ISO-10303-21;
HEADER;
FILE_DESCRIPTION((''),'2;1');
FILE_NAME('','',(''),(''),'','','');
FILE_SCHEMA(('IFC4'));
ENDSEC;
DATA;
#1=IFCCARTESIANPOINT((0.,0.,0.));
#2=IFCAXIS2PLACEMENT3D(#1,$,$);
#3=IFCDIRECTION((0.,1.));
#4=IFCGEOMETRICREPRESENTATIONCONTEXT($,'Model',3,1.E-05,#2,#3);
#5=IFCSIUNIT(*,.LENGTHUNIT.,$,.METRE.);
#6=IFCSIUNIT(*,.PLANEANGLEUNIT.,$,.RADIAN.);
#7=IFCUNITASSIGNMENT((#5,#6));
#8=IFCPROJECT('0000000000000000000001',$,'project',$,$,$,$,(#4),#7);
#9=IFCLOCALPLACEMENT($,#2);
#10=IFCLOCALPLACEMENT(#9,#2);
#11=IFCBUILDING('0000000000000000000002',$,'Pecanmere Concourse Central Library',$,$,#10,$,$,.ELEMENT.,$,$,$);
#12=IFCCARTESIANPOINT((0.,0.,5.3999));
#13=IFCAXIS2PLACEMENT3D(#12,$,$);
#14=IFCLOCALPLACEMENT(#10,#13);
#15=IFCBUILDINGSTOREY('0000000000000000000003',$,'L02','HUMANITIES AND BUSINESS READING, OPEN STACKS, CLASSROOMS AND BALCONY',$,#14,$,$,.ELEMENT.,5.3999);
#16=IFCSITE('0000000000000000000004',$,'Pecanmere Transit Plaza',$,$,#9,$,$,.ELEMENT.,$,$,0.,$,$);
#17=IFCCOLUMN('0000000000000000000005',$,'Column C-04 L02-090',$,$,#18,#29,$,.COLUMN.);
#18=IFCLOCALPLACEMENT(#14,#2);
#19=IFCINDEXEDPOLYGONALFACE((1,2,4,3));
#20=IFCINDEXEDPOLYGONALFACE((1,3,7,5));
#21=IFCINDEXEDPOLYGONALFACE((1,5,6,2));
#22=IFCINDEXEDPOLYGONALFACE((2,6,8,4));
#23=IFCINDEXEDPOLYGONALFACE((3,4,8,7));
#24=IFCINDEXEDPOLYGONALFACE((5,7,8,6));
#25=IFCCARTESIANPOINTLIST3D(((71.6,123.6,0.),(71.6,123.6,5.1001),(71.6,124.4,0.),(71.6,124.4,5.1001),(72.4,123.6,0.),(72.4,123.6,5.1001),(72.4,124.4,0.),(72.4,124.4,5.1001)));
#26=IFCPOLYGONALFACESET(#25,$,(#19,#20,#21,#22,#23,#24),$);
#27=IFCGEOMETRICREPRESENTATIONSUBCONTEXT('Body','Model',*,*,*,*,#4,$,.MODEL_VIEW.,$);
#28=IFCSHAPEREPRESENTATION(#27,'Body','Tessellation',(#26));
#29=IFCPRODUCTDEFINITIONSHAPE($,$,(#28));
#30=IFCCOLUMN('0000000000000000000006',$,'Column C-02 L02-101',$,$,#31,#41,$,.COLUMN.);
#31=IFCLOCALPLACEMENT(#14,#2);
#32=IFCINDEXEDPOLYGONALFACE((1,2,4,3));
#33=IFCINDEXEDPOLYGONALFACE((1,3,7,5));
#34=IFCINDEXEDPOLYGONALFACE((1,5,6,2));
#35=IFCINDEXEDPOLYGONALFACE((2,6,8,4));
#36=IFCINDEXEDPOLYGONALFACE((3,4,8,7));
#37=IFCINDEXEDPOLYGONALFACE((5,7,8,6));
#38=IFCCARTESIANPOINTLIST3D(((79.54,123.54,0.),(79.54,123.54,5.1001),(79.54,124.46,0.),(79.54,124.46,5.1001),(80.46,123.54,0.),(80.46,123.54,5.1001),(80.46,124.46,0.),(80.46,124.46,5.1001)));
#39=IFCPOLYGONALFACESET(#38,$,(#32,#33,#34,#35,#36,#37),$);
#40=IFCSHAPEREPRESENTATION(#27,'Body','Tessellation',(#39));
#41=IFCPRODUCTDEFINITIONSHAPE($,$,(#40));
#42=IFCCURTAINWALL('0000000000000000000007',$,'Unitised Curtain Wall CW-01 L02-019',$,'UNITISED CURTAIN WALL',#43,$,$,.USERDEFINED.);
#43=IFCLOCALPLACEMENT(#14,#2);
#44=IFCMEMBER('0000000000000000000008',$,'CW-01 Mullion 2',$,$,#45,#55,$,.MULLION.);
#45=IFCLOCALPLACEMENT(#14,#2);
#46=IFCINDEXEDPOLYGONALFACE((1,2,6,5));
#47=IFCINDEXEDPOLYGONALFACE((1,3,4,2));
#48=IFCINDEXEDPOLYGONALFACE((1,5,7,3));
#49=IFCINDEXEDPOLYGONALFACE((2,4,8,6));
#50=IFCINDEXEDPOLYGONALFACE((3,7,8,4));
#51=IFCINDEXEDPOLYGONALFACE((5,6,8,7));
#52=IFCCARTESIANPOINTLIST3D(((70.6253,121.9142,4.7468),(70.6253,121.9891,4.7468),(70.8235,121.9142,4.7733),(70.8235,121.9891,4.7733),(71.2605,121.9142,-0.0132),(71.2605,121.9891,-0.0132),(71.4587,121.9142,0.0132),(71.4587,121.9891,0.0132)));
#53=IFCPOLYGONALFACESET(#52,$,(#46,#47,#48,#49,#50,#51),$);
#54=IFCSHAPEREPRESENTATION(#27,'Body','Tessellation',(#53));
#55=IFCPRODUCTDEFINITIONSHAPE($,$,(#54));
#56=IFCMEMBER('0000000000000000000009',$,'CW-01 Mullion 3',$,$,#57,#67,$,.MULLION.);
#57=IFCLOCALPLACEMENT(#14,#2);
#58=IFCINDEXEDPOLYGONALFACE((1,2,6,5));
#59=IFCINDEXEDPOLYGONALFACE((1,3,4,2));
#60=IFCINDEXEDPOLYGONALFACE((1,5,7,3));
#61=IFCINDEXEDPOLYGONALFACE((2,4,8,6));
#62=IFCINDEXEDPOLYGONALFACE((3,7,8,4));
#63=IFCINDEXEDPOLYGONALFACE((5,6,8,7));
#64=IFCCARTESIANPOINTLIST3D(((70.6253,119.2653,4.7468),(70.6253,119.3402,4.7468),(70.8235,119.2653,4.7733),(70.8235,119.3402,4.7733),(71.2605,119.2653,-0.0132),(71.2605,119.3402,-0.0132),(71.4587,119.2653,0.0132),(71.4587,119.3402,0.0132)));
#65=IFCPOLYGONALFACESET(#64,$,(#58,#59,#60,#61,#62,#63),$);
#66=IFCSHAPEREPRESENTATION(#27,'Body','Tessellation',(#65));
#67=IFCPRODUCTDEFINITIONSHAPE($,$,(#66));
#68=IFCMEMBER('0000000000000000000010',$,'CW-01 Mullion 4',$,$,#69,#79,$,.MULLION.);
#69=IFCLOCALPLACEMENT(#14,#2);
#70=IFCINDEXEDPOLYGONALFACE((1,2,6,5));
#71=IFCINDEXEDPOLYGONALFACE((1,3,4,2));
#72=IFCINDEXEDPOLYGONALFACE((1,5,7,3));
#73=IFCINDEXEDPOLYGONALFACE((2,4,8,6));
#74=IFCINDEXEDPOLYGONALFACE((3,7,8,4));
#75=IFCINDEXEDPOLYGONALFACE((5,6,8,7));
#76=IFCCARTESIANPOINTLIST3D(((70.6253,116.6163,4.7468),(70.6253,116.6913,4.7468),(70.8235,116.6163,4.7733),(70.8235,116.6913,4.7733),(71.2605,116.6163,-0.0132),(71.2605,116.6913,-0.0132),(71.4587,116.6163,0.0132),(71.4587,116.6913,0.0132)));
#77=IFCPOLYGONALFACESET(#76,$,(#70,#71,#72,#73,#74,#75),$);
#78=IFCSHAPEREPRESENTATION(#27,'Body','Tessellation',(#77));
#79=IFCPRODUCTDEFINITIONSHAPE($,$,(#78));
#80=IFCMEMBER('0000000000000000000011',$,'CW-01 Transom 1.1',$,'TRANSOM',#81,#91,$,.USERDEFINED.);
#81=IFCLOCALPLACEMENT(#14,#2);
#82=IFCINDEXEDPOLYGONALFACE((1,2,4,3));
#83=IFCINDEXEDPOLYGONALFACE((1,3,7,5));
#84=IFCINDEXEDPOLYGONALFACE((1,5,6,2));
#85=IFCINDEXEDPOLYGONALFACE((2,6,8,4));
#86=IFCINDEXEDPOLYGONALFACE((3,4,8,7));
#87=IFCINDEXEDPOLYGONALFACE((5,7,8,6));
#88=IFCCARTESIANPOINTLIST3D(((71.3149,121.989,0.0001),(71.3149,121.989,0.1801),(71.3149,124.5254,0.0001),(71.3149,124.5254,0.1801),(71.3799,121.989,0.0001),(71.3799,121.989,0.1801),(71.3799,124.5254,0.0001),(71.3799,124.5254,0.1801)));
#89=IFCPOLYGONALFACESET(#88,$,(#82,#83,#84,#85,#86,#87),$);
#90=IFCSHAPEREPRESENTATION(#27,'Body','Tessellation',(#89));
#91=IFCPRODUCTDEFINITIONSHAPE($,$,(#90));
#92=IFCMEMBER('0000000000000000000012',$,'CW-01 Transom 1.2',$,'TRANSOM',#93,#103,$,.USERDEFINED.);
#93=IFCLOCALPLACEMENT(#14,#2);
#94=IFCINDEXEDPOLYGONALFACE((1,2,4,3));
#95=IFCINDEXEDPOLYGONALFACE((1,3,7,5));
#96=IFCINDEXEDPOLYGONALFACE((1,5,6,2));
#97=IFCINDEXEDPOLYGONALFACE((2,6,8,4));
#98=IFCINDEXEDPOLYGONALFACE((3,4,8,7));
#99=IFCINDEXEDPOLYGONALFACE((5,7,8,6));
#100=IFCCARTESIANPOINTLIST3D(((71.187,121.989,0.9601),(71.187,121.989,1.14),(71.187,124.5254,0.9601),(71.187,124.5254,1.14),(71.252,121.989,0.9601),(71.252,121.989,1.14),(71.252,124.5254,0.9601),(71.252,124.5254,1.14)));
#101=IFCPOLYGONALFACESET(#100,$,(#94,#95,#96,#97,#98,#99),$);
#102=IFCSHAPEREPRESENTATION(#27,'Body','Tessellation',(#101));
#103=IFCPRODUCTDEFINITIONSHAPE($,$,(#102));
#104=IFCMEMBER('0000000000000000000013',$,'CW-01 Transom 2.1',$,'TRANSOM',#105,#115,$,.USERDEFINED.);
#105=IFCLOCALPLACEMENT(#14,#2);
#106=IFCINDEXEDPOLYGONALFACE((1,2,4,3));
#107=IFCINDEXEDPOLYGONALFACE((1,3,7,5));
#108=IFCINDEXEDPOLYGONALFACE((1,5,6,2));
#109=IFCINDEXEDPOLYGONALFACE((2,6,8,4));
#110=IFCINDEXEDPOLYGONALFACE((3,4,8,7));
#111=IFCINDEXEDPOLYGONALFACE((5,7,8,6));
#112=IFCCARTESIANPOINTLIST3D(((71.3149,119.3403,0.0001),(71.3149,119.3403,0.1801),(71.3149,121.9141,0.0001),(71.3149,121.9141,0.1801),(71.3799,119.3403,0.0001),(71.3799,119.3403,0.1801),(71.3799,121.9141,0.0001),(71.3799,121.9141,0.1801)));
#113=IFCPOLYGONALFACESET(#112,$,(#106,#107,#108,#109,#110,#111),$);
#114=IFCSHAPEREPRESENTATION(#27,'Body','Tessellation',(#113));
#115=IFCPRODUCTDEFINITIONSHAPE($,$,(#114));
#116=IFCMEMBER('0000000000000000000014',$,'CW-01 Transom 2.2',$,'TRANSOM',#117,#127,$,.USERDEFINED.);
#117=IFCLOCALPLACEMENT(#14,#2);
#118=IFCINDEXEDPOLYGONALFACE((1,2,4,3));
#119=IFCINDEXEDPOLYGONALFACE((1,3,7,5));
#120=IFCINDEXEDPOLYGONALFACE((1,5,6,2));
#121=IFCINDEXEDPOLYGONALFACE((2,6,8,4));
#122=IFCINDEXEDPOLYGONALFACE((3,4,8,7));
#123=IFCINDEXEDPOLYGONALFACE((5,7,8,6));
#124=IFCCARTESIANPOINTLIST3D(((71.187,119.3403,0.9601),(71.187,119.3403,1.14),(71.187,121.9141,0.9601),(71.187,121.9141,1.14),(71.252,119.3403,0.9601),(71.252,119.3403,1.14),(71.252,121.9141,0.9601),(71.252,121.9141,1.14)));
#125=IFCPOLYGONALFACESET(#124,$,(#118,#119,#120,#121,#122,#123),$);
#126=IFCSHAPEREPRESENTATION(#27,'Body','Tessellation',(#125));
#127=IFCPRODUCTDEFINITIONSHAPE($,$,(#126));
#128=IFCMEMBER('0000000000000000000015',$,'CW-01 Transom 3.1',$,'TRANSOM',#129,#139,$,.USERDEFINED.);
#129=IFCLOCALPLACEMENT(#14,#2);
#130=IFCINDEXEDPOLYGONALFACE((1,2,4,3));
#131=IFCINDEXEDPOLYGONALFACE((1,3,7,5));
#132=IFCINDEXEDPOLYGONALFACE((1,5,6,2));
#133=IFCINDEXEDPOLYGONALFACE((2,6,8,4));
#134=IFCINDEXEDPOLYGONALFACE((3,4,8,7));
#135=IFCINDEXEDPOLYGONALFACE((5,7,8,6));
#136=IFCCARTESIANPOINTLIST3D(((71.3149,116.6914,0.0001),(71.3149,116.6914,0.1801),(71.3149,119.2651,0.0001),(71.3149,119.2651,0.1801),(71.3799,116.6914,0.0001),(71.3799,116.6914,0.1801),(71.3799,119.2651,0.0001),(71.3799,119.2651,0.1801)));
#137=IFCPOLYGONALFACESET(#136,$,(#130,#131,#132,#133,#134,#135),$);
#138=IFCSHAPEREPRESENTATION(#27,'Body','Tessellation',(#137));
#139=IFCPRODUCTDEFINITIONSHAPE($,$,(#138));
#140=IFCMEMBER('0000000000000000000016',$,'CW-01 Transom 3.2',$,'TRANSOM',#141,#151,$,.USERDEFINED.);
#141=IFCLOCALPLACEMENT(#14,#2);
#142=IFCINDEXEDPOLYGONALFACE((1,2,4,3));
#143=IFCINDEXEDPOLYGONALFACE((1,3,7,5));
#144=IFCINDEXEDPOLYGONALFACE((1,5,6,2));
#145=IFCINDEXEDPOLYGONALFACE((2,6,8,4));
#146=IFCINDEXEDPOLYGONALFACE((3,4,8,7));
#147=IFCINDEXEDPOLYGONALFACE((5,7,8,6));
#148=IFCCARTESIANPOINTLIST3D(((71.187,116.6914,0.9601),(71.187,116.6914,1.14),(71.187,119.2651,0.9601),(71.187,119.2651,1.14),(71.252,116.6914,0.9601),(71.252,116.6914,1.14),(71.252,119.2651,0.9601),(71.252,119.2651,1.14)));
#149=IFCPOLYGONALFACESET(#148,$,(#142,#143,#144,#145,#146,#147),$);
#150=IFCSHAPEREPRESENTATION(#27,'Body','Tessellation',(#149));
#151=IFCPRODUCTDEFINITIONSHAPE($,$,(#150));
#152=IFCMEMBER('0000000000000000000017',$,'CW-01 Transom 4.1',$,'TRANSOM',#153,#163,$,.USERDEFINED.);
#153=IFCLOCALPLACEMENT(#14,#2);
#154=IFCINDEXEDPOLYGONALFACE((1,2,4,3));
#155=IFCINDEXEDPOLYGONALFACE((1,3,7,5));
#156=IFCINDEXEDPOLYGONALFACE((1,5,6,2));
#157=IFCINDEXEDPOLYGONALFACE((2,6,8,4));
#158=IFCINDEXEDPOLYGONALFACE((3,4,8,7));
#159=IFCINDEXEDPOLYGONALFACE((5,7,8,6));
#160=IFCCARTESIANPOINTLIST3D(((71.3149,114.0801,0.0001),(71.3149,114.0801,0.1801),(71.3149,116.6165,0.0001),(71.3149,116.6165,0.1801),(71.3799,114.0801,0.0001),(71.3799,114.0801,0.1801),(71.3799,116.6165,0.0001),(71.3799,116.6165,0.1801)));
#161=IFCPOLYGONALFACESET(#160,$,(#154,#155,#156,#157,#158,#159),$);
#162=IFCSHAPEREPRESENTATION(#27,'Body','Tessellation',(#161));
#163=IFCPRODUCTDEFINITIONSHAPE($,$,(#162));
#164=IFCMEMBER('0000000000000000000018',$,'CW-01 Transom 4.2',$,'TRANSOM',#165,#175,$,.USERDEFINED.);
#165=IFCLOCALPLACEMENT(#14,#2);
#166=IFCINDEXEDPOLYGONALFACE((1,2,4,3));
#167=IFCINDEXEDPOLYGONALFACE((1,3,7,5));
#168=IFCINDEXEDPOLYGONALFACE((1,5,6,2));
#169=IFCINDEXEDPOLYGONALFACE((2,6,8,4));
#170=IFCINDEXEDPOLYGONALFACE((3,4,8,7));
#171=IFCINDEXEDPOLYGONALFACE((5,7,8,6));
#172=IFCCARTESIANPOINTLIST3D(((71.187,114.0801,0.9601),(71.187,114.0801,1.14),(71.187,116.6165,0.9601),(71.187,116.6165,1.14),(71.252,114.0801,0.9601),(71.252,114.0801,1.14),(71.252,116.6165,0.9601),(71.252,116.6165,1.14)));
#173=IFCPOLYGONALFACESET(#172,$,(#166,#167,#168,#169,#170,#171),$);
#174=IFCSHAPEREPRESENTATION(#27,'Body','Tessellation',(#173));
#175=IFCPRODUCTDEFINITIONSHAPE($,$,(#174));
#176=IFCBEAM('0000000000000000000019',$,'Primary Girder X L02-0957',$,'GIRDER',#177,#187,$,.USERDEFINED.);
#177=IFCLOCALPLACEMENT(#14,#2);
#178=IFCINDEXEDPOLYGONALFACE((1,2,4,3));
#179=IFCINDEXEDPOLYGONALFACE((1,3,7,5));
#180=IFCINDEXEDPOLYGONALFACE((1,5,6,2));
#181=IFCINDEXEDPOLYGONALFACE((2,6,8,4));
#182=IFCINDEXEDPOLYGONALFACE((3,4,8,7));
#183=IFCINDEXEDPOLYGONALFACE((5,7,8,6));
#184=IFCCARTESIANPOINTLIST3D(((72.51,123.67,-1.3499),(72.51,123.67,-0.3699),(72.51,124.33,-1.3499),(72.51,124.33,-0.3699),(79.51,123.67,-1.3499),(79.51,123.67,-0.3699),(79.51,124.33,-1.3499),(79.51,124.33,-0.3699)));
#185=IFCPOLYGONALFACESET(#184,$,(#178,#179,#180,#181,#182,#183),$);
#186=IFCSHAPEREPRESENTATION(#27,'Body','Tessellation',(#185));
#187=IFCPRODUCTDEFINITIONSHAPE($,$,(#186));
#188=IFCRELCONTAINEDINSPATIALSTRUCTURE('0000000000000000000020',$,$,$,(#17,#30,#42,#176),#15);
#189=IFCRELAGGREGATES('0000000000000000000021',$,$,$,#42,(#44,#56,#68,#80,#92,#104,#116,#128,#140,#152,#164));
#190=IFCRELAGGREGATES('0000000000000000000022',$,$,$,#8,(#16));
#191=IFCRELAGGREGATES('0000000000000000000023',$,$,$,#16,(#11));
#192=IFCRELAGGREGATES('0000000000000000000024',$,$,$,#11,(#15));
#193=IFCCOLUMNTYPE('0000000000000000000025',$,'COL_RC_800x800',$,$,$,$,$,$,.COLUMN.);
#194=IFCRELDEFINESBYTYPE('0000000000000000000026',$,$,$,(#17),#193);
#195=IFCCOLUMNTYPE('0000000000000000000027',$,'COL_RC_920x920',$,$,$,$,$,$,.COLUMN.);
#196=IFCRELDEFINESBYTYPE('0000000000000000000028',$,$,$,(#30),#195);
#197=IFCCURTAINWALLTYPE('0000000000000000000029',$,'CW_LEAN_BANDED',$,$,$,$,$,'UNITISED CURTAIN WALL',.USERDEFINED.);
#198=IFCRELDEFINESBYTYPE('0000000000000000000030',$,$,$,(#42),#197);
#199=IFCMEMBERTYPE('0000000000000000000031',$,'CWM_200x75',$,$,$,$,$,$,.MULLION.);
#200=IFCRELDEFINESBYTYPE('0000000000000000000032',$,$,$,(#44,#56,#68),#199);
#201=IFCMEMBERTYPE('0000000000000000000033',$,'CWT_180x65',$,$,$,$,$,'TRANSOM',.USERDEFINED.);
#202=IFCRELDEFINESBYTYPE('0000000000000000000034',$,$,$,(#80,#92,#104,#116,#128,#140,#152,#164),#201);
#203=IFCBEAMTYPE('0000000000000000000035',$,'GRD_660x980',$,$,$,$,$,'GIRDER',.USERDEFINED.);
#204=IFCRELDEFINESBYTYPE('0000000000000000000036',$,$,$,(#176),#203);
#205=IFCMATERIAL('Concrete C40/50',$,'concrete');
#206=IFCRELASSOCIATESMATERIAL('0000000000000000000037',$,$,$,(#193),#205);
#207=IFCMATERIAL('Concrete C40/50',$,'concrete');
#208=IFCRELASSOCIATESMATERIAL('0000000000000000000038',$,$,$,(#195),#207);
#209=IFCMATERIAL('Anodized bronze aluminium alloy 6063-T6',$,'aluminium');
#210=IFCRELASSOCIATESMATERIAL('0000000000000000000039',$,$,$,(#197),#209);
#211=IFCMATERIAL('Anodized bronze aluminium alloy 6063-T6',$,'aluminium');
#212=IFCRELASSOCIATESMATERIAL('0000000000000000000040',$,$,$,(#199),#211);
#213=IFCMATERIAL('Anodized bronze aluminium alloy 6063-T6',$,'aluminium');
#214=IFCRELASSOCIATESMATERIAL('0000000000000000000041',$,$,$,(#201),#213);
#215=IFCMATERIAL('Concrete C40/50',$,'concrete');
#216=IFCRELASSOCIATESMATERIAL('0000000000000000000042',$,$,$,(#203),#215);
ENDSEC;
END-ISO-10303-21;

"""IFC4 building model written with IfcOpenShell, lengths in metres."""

from ifc_helpers import new_model, si_unit, direction, frame, origin, origin_2d, place, context, subcontext, project, spatial, rectangle, extrude, material, material_profile, profile_set, type_object, element, aggregate, save


model = new_model("IFC4")

# Units and contexts
model_context = context("Model", 3, precision=1e-05, world=origin(), true_north=direction((0.0, 1.0)))
body_context = subcontext(model_context, "Body", "Model", "MODEL_VIEW")
ifc_project = project(units=[si_unit("LENGTHUNIT", "METRE"), si_unit("PLANEANGLEUNIT", "RADIAN")], contexts=[model_context])

# Site, building, storey
site_placement = place(None, origin())
site = spatial("IfcSite", under=ifc_project, at=site_placement, Name="Pecanmere Transit Plaza", CompositionType="ELEMENT", RefElevation=0.0)
building_placement = place(site_placement, origin())
building = spatial("IfcBuilding", under=site, at=building_placement, Name="Pecanmere Concourse Central Library", CompositionType="ELEMENT")
storey_placement = place(building_placement, frame((0.0, 0.0, 5.3999)))
storey = spatial("IfcBuildingStorey", under=building, at=storey_placement, Name="L02", Description="HUMANITIES AND BUSINESS READING, OPEN STACKS, CLASSROOMS AND BALCONY", CompositionType="ELEMENT", Elevation=5.3999)

# Columns
ifc_material_1 = material(Name="Concrete C40/50", Category="concrete")
ifc_material_profile_1 = material_profile(ifc_material_1, rectangle(XDim=0.8, YDim=0.8, at=origin_2d()), Name="RC 800x800")
ifc_profile_set_1 = profile_set([ifc_material_profile_1], Name="Concrete C40/50")
column_type_1 = type_object("IfcColumnType", Name="COL_RC_800x800", PredefinedType="COLUMN", material=ifc_profile_set_1)
column_1_placement = place(storey_placement, frame((72.0, 124.0, 0.0), z_axis=(0.0, 0.0, 1.0), x_axis=(1.0, 0.0, 0.0)))
element("IfcColumn", 1, at=column_1_placement, inside=storey, type_object=column_type_1, Name="Column C-04 L02-090", PredefinedType="COLUMN", context=body_context, shape_type="SweptSolid", body=[
    extrude(rectangle(XDim=0.8, YDim=0.8, at=origin_2d()), origin(), (0.0, 0.0, 1.0), 5.1001),
])
ifc_material_2 = material(Name="Concrete C40/50", Category="concrete")
ifc_material_profile_2 = material_profile(ifc_material_2, rectangle(XDim=0.9199, YDim=0.9199, at=origin_2d()), Name="RC 920x920")
ifc_profile_set_2 = profile_set([ifc_material_profile_2], Name="Concrete C40/50")
column_type_2 = type_object("IfcColumnType", Name="COL_RC_920x920", PredefinedType="COLUMN", material=ifc_profile_set_2)
column_2_placement = place(storey_placement, frame((80.0, 124.0, 0.0), z_axis=(0.0, 0.0, 1.0), x_axis=(1.0, 0.0, 0.0)))
element("IfcColumn", 2, at=column_2_placement, inside=storey, type_object=column_type_2, Name="Column C-02 L02-101", PredefinedType="COLUMN", context=body_context, shape_type="SweptSolid", body=[
    extrude(rectangle(XDim=0.9199, YDim=0.9199, at=origin_2d()), origin(), (0.0, 0.0, 1.0), 5.1001),
])

# Curtain wall, members
ifc_material_3 = material(Name="Anodized bronze aluminium alloy 6063-T6", Category="aluminium")
curtain_wall_type = type_object("IfcCurtainWallType", Name="CW_LEAN_BANDED", ElementType="UNITISED CURTAIN WALL", PredefinedType="USERDEFINED", material=ifc_material_3)
curtain_wall_placement = place(storey_placement, origin())
curtain_wall = element("IfcCurtainWall", 3, at=curtain_wall_placement, inside=storey, type_object=curtain_wall_type, Name="Unitised Curtain Wall CW-01 L02-019", ObjectType="UNITISED CURTAIN WALL", PredefinedType="USERDEFINED")
ifc_material_4 = material(Name="Anodized bronze aluminium alloy 6063-T6", Category="aluminium")
ifc_material_profile_3 = material_profile(ifc_material_4, rectangle(XDim=0.075, YDim=0.2, at=origin_2d()), Name="AL 75x200")
ifc_profile_set_3 = profile_set([ifc_material_profile_3], Name="Anodized bronze aluminium alloy 6063-T6")
member_type_1 = type_object("IfcMemberType", Name="CWM_200x75", PredefinedType="MULLION", material=ifc_profile_set_3)
member_1_placement = place(storey_placement, frame((71.3596, 121.9517, 0.0), z_axis=(-0.132284, 0.0, 0.991212), x_axis=(0.0, -1.0, 0.0)))
member_1 = element("IfcMember", 4, at=member_1_placement, type_object=member_type_1, Name="CW-01 Mullion 2", PredefinedType="MULLION", context=body_context, shape_type="SweptSolid", body=[
    extrude(rectangle(XDim=0.075, YDim=0.2, at=origin_2d()), origin(), (0.0, 0.0, 1.0), 4.8022),
])
member_2_placement = place(storey_placement, frame((71.3596, 119.3027, 0.0), z_axis=(-0.132284, 0.0, 0.991212), x_axis=(0.0, -1.0, 0.0)))
member_2 = element("IfcMember", 5, at=member_2_placement, type_object=member_type_1, Name="CW-01 Mullion 3", PredefinedType="MULLION", context=body_context, shape_type="SweptSolid", body=[
    extrude(rectangle(XDim=0.075, YDim=0.2, at=origin_2d()), origin(), (0.0, 0.0, 1.0), 4.8022),
])
member_3_placement = place(storey_placement, frame((71.3596, 116.6538, 0.0), z_axis=(-0.132284, 0.0, 0.991212), x_axis=(0.0, -1.0, 0.0)))
member_3 = element("IfcMember", 6, at=member_3_placement, type_object=member_type_1, Name="CW-01 Mullion 4", PredefinedType="MULLION", context=body_context, shape_type="SweptSolid", body=[
    extrude(rectangle(XDim=0.075, YDim=0.2, at=origin_2d()), origin(), (0.0, 0.0, 1.0), 4.8022),
])
ifc_material_5 = material(Name="Anodized bronze aluminium alloy 6063-T6", Category="aluminium")
ifc_material_profile_4 = material_profile(ifc_material_5, rectangle(XDim=0.0649, YDim=0.1799, at=origin_2d()), Name="AL 65x180")
ifc_profile_set_4 = profile_set([ifc_material_profile_4], Name="Anodized bronze aluminium alloy 6063-T6")
member_type_2 = type_object("IfcMemberType", Name="CWT_180x65", ElementType="TRANSOM", PredefinedType="USERDEFINED", material=ifc_profile_set_4)
member_4_placement = place(storey_placement, frame((71.3474, 124.5254, 0.0901), z_axis=(0.0, -1.0, 0.0), x_axis=(1.0, 0.0, 0.0)))
member_4 = element("IfcMember", 7, at=member_4_placement, type_object=member_type_2, Name="CW-01 Transom 1.1", ObjectType="TRANSOM", PredefinedType="USERDEFINED", context=body_context, shape_type="SweptSolid", body=[
    extrude(rectangle(XDim=0.0649, YDim=0.1799, at=origin_2d()), origin(), (0.0, 0.0, 1.0), 2.5364),
])
member_5_placement = place(storey_placement, frame((71.2195, 124.5254, 1.05), z_axis=(0.0, -1.0, 0.0), x_axis=(1.0, 0.0, 0.0)))
member_5 = element("IfcMember", 8, at=member_5_placement, type_object=member_type_2, Name="CW-01 Transom 1.2", ObjectType="TRANSOM", PredefinedType="USERDEFINED", context=body_context, shape_type="SweptSolid", body=[
    extrude(rectangle(XDim=0.0649, YDim=0.1799, at=origin_2d()), origin(), (0.0, 0.0, 1.0), 2.5364),
])
member_6_placement = place(storey_placement, frame((71.3474, 121.9141, 0.0901), z_axis=(0.0, -1.0, 0.0), x_axis=(1.0, 0.0, 0.0)))
member_6 = element("IfcMember", 9, at=member_6_placement, type_object=member_type_2, Name="CW-01 Transom 2.1", ObjectType="TRANSOM", PredefinedType="USERDEFINED", context=body_context, shape_type="SweptSolid", body=[
    extrude(rectangle(XDim=0.0649, YDim=0.1799, at=origin_2d()), origin(), (0.0, 0.0, 1.0), 2.5737),
])
member_7_placement = place(storey_placement, frame((71.2195, 121.9141, 1.05), z_axis=(0.0, -1.0, 0.0), x_axis=(1.0, 0.0, 0.0)))
member_7 = element("IfcMember", 10, at=member_7_placement, type_object=member_type_2, Name="CW-01 Transom 2.2", ObjectType="TRANSOM", PredefinedType="USERDEFINED", context=body_context, shape_type="SweptSolid", body=[
    extrude(rectangle(XDim=0.0649, YDim=0.1799, at=origin_2d()), origin(), (0.0, 0.0, 1.0), 2.5737),
])
member_8_placement = place(storey_placement, frame((71.3474, 119.2651, 0.0901), z_axis=(0.0, -1.0, 0.0), x_axis=(1.0, 0.0, 0.0)))
member_8 = element("IfcMember", 11, at=member_8_placement, type_object=member_type_2, Name="CW-01 Transom 3.1", ObjectType="TRANSOM", PredefinedType="USERDEFINED", context=body_context, shape_type="SweptSolid", body=[
    extrude(rectangle(XDim=0.0649, YDim=0.1799, at=origin_2d()), origin(), (0.0, 0.0, 1.0), 2.5737),
])
member_9_placement = place(storey_placement, frame((71.2195, 119.2651, 1.05), z_axis=(0.0, -1.0, 0.0), x_axis=(1.0, 0.0, 0.0)))
member_9 = element("IfcMember", 12, at=member_9_placement, type_object=member_type_2, Name="CW-01 Transom 3.2", ObjectType="TRANSOM", PredefinedType="USERDEFINED", context=body_context, shape_type="SweptSolid", body=[
    extrude(rectangle(XDim=0.0649, YDim=0.1799, at=origin_2d()), origin(), (0.0, 0.0, 1.0), 2.5737),
])
member_10_placement = place(storey_placement, frame((71.3474, 116.6165, 0.0901), z_axis=(0.0, -1.0, 0.0), x_axis=(1.0, 0.0, 0.0)))
member_10 = element("IfcMember", 13, at=member_10_placement, type_object=member_type_2, Name="CW-01 Transom 4.1", ObjectType="TRANSOM", PredefinedType="USERDEFINED", context=body_context, shape_type="SweptSolid", body=[
    extrude(rectangle(XDim=0.0649, YDim=0.1799, at=origin_2d()), origin(), (0.0, 0.0, 1.0), 2.5364),
])
member_11_placement = place(storey_placement, frame((71.2195, 116.6165, 1.05), z_axis=(0.0, -1.0, 0.0), x_axis=(1.0, 0.0, 0.0)))
member_11 = element("IfcMember", 14, at=member_11_placement, type_object=member_type_2, Name="CW-01 Transom 4.2", ObjectType="TRANSOM", PredefinedType="USERDEFINED", context=body_context, shape_type="SweptSolid", body=[
    extrude(rectangle(XDim=0.0649, YDim=0.1799, at=origin_2d()), origin(), (0.0, 0.0, 1.0), 2.5364),
])

# Beam
ifc_material_6 = material(Name="Concrete C40/50", Category="concrete")
ifc_material_profile_5 = material_profile(ifc_material_6, rectangle(XDim=0.6599, YDim=0.98, at=origin_2d()), Name="RC 660x980")
ifc_profile_set_5 = profile_set([ifc_material_profile_5], Name="Concrete C40/50")
beam_type_1 = type_object("IfcBeamType", Name="GRD_660x980", ElementType="GIRDER", PredefinedType="USERDEFINED", material=ifc_profile_set_5)
for number, where, z_axis, x_axis, name in (
    (15, (72.51, 124.0, -0.8599), (1.0, 0.0, 0.0), (0.0, 1.0, 0.0), "Primary Girder X L02-0957"),
):
    element("IfcBeam", number, at=place(storey_placement, frame(where, z_axis=z_axis, x_axis=x_axis)), inside=storey, type_object=beam_type_1, Name=name, ObjectType="GIRDER", PredefinedType="USERDEFINED", context=body_context, shape_type="SweptSolid", body=[
        extrude(rectangle(XDim=0.6599, YDim=0.98, at=origin_2d()), origin(), (0.0, 0.0, 1.0), 7.0),
    ])

aggregate(curtain_wall, [member_1, member_2, member_3, member_4, member_5, member_6, member_7, member_8, member_9, member_10, member_11])

save(model, "model.ifc")
